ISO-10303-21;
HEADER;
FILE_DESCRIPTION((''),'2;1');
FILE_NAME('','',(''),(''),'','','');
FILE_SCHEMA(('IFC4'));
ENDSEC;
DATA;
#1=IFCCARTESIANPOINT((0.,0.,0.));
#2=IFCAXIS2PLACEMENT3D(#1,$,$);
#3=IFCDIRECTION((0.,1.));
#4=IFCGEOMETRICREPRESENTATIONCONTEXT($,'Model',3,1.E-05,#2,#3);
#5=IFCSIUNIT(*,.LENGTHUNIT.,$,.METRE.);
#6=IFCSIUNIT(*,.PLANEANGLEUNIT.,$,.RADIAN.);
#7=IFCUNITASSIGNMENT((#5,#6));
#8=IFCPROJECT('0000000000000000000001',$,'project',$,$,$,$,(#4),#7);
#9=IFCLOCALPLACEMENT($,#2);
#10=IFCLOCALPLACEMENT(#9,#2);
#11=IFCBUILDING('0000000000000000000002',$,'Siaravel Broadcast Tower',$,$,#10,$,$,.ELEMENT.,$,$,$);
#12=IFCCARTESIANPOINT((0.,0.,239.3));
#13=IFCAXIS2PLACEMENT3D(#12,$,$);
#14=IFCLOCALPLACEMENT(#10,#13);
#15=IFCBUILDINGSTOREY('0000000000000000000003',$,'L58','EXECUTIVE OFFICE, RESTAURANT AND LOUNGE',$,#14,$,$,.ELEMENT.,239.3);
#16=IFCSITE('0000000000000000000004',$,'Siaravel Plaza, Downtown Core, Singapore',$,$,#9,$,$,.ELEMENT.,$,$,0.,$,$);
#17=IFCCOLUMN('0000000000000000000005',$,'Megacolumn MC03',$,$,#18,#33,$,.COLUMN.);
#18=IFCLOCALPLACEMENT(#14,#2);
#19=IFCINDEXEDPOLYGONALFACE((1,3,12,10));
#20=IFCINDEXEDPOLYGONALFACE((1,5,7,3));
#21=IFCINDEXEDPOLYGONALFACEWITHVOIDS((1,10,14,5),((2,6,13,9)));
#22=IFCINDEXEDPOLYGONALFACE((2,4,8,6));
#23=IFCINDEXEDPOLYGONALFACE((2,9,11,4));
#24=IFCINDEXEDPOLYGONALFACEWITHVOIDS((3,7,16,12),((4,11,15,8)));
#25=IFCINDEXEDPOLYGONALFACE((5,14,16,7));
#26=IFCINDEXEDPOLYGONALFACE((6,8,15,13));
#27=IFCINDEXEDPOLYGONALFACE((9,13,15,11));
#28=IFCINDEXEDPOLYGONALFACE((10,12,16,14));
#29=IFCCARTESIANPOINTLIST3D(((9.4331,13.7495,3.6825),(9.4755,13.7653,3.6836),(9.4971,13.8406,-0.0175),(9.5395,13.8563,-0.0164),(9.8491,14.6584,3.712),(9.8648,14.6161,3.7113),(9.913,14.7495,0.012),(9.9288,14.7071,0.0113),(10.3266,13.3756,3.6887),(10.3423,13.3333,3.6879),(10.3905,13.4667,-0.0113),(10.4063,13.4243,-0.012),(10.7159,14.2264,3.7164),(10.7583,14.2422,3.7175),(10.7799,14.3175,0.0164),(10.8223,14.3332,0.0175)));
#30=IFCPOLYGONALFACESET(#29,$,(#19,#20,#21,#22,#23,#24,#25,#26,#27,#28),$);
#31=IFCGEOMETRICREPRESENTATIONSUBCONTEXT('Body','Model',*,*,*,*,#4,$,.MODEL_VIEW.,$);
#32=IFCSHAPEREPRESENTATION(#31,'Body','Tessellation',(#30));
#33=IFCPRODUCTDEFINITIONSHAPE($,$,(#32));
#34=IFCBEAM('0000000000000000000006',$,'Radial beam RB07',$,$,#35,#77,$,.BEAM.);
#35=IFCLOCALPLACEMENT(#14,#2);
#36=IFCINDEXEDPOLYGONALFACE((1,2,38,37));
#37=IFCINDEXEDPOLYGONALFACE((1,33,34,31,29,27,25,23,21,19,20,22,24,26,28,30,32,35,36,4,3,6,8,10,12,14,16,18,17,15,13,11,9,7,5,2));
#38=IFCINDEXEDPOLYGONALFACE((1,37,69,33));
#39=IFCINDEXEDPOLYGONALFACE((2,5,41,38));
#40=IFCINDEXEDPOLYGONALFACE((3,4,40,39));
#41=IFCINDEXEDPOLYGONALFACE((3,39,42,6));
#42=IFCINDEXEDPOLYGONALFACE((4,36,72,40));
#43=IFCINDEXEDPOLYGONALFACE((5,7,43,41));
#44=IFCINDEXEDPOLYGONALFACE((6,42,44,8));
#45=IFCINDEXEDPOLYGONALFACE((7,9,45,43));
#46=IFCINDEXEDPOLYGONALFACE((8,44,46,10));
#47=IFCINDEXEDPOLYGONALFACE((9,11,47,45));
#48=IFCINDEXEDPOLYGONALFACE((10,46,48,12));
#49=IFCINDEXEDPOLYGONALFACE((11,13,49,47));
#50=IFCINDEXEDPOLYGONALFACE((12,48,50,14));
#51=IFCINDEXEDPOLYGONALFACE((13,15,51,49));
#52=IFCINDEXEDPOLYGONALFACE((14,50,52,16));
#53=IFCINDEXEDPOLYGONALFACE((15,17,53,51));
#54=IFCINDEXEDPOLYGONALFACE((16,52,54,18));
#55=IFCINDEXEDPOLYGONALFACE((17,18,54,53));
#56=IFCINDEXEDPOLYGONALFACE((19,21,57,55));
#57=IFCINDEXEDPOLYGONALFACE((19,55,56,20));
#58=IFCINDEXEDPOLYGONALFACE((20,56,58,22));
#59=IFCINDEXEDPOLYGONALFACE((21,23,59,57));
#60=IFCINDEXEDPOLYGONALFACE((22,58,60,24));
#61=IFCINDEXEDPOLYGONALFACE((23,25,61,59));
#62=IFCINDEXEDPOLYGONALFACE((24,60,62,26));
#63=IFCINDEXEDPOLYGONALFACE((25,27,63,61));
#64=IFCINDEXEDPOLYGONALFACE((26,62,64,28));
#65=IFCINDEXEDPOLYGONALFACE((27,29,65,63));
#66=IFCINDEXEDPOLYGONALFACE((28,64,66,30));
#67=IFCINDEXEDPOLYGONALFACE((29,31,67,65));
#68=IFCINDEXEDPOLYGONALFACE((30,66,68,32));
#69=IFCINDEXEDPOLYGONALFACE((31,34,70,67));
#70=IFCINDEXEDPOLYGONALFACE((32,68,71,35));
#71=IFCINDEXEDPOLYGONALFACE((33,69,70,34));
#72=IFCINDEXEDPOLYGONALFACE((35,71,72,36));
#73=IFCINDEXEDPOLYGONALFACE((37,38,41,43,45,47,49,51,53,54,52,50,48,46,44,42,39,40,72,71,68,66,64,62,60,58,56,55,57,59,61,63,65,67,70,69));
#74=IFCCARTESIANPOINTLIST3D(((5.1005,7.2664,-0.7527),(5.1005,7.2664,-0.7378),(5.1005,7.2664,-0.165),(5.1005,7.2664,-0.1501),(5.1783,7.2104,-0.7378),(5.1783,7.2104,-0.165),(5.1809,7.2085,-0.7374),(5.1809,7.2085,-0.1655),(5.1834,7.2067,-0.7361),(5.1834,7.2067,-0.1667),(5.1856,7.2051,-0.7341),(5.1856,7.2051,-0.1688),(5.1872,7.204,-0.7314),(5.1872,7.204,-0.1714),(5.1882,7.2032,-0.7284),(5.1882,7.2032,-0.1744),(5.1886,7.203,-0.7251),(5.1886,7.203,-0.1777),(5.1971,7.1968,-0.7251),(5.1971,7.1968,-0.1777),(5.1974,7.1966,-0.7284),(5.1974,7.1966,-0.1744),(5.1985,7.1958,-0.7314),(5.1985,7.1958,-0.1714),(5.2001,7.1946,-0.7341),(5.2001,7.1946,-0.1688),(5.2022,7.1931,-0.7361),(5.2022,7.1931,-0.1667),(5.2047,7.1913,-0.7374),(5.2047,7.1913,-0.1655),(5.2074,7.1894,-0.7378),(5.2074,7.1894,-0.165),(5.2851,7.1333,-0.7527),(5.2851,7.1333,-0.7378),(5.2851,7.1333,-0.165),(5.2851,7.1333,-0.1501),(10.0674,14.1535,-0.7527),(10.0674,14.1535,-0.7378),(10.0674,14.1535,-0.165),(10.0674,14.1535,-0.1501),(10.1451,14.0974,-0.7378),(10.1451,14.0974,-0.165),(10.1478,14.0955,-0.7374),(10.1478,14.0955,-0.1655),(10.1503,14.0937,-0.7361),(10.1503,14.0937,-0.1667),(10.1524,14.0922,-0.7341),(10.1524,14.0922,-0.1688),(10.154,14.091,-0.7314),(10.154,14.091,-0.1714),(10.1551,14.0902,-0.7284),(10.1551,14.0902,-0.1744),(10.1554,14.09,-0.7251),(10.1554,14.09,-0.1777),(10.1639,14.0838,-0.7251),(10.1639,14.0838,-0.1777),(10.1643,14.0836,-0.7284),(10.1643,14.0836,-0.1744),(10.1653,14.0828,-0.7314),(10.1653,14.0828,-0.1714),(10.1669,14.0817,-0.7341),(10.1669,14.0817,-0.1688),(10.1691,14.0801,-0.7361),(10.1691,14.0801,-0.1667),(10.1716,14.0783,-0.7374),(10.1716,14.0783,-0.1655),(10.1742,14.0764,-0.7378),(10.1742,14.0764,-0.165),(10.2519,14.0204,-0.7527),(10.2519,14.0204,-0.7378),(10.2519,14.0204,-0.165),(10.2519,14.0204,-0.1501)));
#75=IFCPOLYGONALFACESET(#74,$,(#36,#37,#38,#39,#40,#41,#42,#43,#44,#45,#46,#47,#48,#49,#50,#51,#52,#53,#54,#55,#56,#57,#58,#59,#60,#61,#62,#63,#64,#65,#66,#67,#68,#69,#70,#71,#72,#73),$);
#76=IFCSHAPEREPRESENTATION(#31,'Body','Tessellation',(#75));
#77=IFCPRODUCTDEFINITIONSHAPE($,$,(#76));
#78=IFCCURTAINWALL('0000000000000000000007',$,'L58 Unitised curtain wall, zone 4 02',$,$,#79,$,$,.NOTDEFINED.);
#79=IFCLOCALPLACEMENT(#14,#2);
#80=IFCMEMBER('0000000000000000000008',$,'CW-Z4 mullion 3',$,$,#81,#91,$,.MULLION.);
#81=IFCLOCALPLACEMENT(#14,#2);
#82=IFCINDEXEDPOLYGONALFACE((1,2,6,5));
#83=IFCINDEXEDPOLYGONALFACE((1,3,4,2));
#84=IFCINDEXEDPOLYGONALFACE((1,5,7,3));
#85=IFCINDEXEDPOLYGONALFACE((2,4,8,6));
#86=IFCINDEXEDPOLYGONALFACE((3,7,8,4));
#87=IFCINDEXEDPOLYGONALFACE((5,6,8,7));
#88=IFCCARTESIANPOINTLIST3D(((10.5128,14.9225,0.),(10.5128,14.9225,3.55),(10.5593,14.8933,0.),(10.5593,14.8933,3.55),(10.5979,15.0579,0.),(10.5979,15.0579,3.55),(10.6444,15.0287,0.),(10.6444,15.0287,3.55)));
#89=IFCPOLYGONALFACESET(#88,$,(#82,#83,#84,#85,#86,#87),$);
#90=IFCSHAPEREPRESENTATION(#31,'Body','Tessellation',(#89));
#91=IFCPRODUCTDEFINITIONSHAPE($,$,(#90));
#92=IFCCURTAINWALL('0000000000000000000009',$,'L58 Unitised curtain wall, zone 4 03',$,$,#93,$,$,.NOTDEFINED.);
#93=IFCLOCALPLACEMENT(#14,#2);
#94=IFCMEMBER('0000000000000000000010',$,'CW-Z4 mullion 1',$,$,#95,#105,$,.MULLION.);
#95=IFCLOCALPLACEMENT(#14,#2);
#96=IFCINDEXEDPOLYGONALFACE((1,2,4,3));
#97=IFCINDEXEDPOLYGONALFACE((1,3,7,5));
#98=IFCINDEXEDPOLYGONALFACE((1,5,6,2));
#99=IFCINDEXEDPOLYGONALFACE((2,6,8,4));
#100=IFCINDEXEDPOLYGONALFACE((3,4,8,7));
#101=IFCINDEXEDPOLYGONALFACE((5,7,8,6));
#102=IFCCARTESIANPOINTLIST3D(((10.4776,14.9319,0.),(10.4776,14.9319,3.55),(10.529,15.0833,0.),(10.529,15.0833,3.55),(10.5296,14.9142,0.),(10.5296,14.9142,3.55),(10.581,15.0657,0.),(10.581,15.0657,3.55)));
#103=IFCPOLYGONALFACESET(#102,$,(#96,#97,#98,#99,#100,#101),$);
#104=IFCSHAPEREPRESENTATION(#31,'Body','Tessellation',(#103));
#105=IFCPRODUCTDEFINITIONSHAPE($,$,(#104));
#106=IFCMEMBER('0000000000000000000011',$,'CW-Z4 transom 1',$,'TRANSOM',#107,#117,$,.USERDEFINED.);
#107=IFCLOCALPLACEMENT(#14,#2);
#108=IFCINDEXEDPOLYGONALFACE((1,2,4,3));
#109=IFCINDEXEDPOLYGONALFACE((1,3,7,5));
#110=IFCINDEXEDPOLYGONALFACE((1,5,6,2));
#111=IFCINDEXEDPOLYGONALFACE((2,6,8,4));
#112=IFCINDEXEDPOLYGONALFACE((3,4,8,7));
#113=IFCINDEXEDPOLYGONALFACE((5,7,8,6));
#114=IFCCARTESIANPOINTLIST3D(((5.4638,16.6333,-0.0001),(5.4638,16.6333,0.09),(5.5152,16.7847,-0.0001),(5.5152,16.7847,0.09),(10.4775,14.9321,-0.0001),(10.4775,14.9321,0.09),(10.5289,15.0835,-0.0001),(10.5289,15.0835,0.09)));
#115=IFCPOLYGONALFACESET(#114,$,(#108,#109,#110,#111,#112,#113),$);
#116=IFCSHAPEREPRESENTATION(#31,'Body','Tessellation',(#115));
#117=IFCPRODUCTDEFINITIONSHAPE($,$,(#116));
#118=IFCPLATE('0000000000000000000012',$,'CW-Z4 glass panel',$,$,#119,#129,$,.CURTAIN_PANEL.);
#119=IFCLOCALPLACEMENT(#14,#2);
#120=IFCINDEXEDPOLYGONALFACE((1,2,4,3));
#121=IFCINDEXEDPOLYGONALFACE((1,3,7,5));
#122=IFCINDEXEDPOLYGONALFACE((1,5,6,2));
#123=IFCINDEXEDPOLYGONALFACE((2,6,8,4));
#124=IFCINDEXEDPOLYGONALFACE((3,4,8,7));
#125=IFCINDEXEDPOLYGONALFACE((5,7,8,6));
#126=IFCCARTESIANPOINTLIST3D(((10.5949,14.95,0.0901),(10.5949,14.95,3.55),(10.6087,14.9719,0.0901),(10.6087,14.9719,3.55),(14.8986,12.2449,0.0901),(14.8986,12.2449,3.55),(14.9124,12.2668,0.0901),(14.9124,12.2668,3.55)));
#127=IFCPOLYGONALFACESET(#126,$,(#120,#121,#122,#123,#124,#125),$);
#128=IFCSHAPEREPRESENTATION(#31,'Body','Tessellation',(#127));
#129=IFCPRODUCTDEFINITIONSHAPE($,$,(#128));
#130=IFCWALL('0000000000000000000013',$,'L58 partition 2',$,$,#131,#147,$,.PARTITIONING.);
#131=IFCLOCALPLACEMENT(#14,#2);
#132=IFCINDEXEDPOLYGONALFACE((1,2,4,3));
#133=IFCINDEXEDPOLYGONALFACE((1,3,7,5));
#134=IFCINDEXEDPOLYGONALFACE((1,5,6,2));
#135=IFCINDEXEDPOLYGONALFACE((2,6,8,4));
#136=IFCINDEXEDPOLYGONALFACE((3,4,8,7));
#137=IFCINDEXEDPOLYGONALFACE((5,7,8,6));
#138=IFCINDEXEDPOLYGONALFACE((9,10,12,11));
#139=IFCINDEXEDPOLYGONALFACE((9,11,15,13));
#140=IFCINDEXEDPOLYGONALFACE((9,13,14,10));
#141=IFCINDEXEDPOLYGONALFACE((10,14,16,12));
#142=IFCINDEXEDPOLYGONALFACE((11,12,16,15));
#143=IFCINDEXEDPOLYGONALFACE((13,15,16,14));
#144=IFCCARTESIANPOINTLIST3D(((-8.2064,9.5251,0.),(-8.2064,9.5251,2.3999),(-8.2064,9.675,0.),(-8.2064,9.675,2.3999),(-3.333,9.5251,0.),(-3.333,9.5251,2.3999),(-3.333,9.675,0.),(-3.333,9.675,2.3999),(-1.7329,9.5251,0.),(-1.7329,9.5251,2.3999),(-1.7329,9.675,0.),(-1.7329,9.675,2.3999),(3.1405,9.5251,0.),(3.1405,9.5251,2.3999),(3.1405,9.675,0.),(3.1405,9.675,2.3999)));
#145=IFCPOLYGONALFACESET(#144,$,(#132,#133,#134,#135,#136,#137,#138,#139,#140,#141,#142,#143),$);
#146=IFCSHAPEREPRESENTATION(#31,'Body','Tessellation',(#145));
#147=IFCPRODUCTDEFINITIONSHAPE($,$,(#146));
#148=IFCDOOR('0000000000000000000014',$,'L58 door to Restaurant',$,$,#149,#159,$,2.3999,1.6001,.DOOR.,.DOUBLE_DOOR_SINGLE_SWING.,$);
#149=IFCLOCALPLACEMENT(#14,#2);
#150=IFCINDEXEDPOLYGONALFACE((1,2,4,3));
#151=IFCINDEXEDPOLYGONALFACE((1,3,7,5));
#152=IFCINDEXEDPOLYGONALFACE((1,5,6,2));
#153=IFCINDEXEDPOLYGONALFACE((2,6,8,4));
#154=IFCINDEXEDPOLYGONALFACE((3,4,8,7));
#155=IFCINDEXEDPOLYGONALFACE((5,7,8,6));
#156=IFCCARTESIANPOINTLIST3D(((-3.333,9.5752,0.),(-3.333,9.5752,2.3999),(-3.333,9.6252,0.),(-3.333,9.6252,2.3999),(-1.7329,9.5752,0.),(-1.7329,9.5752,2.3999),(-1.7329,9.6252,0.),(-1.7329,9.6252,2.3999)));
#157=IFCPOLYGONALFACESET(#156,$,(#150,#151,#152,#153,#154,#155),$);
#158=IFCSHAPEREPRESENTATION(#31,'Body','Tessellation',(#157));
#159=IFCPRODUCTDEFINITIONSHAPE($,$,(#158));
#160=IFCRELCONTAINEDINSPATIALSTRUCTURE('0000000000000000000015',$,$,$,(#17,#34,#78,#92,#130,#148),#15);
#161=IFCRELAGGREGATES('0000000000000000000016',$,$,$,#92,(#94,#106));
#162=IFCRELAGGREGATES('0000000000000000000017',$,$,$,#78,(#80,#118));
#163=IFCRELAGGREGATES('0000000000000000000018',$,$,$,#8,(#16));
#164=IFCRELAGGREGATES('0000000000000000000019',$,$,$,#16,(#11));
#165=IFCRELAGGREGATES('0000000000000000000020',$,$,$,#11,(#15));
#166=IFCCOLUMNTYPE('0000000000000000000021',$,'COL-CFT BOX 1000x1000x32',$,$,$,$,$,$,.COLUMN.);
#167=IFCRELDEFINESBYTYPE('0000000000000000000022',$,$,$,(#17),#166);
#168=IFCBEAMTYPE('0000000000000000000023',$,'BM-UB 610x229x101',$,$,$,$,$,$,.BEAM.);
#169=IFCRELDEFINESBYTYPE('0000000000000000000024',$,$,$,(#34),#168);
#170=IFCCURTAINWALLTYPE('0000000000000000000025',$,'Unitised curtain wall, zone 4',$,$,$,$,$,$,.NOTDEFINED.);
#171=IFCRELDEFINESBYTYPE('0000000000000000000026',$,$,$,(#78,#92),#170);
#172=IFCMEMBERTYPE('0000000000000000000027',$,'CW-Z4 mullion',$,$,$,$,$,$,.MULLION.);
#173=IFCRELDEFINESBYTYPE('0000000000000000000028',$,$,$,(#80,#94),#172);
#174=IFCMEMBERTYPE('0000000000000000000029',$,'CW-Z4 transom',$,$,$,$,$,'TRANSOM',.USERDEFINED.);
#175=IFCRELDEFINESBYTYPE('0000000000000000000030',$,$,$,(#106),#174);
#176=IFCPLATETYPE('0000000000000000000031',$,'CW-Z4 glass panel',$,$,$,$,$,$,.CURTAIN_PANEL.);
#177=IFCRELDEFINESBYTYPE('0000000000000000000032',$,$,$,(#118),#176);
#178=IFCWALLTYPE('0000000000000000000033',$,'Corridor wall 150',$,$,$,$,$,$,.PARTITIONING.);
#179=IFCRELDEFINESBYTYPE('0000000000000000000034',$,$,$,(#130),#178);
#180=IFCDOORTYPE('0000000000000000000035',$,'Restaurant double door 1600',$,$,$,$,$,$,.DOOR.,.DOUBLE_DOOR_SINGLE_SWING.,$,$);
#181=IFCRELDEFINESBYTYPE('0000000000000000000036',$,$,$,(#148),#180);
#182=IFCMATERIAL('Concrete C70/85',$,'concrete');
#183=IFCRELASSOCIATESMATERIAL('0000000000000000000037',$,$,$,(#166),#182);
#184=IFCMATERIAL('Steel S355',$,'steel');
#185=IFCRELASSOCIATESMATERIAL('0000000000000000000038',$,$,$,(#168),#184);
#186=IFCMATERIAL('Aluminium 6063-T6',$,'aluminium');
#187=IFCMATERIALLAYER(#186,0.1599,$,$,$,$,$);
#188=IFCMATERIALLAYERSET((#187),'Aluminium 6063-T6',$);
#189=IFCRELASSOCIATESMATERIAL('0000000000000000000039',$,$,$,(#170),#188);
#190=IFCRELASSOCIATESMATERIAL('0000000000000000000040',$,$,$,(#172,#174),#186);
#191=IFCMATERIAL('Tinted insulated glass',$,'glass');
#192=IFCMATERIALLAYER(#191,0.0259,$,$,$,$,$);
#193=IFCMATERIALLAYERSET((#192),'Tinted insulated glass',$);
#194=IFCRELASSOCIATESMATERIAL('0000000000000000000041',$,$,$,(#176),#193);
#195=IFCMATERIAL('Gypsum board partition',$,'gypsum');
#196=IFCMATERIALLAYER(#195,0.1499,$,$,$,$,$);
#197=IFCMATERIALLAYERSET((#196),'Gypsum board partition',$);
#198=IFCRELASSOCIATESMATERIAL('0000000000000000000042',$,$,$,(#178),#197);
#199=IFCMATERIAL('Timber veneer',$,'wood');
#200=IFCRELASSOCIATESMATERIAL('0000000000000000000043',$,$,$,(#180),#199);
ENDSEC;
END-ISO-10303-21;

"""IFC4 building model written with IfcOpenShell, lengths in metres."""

from ifc_helpers import new_model, si_unit, direction, frame, frame_2d, origin, origin_2d, place, context, subcontext, project, spatial, rectangle, hollow_rectangle, i_section, extrude, material, layer, layer_set, material_profile, profile_set, type_object, element, fill, aggregate, save


model = new_model("IFC4")

# Units and contexts
model_context = context("Model", 3, precision=1e-05, world=origin(), true_north=direction((0.0, 1.0)))
body_context = subcontext(model_context, "Body", "Model", "MODEL_VIEW")
ifc_project = project(units=[si_unit("LENGTHUNIT", "METRE"), si_unit("PLANEANGLEUNIT", "RADIAN")], contexts=[model_context])

# Site, building, storey
site_placement = place(None, origin())
site = spatial("IfcSite", under=ifc_project, at=site_placement, Name="Siaravel Plaza, Downtown Core, Singapore", CompositionType="ELEMENT", RefElevation=0.0)
building_placement = place(site_placement, origin())
building = spatial("IfcBuilding", under=site, at=building_placement, Name="Siaravel Broadcast Tower", CompositionType="ELEMENT")
storey_placement = place(building_placement, frame((0.0, 0.0, 239.3)))
storey = spatial("IfcBuildingStorey", under=building, at=storey_placement, Name="L58", Description="EXECUTIVE OFFICE, RESTAURANT AND LOUNGE", CompositionType="ELEMENT", Elevation=239.3)

# Column
ifc_material_1 = material(Name="Concrete C70/85", Category="concrete")
ifc_material_profile_1 = material_profile(ifc_material_1, hollow_rectangle(XDim=1.0, YDim=1.0, WallThickness=0.032, at=origin_2d()))
ifc_profile_set_1 = profile_set([ifc_material_profile_1], Name="Concrete C70/85")
column_type = type_object("IfcColumnType", Name="COL-CFT BOX 1000x1000x32", PredefinedType="COLUMN", material=ifc_profile_set_1)
column_placement = place(storey_placement, frame((10.1597, 14.0869, 0.0), z_axis=(-0.01728, -0.024601, 0.999548), x_axis=(0.909227, -0.416264, 0.005474)))
element("IfcColumn", 1, at=column_placement, inside=storey, type_object=column_type, Name="Megacolumn MC03", PredefinedType="COLUMN", context=body_context, shape_type="SweptSolid", body=[
    extrude(hollow_rectangle(XDim=1.0, YDim=1.0, WallThickness=0.032, at=origin_2d()), origin(), (0.0, 0.0, 1.0), 3.7017),
])

# Beam
ifc_material_2 = material(Name="Steel S355", Category="steel")
ifc_material_profile_2 = material_profile(ifc_material_2, i_section(OverallWidth=0.2275, OverallDepth=0.6025, WebThickness=0.0105, FlangeThickness=0.0149, FilletRadius=0.0127, at=origin_2d()))
ifc_profile_set_2 = profile_set([ifc_material_profile_2], Name="Steel S355")
beam_type = type_object("IfcBeamType", Name="BM-UB 610x229x101", PredefinedType="BEAM", material=ifc_profile_set_2)
beam_placement = place(storey_placement, frame((10.1597, 14.0869, -0.4514), z_axis=(-0.584939, -0.811077, 0.0), x_axis=(0.811077, -0.584939, 0.0)))
element("IfcBeam", 2, at=beam_placement, inside=storey, type_object=beam_type, Name="Radial beam RB07", PredefinedType="BEAM", context=body_context, shape_type="SweptSolid", body=[
    extrude(i_section(OverallWidth=0.2275, OverallDepth=0.6025, WebThickness=0.0105, FlangeThickness=0.0149, FilletRadius=0.0127, at=origin_2d()), origin(), (0.0, 0.0, 1.0), 8.4912),
])

# Curtain wall, member
ifc_material_3 = material(Name="Aluminium 6063-T6", Category="aluminium")
ifc_layer_1 = layer(ifc_material_3, 0.1599)
ifc_layer_set_1 = layer_set([ifc_layer_1], Name="Aluminium 6063-T6")
curtain_wall_type = type_object("IfcCurtainWallType", Name="Unitised curtain wall, zone 4", PredefinedType="NOTDEFINED", material=ifc_layer_set_1)
curtain_wall_1_placement = place(storey_placement, origin())
curtain_wall_1 = element("IfcCurtainWall", 3, at=curtain_wall_1_placement, inside=storey, type_object=curtain_wall_type, Name="L58 Unitised curtain wall, zone 4 02", PredefinedType="NOTDEFINED")
ifc_material_profile_3 = material_profile(ifc_material_3, rectangle(XDim=0.1599, YDim=0.0549, at=origin_2d()))
ifc_profile_set_3 = profile_set([ifc_material_profile_3], Name="Aluminium 6063-T6")
member_type_1 = type_object("IfcMemberType", Name="CW-Z4 mullion", PredefinedType="MULLION", material=ifc_profile_set_3)
member_1_placement = place(storey_placement, frame((10.5786, 14.9756, 0.0), z_axis=(0.0, 0.0, 1.0), x_axis=(-0.53215, -0.84665, 0.0)))
member_1 = element("IfcMember", 4, at=member_1_placement, type_object=member_type_1, Name="CW-Z4 mullion 3", PredefinedType="MULLION", context=body_context, shape_type="SweptSolid", body=[
    extrude(rectangle(XDim=0.1599, YDim=0.0549, at=origin_2d()), origin(), (0.0, 0.0, 1.0), 3.55),
])

# Curtain wall, members
curtain_wall_2_placement = place(storey_placement, origin())
curtain_wall_2 = element("IfcCurtainWall", 5, at=curtain_wall_2_placement, inside=storey, type_object=curtain_wall_type, Name="L58 Unitised curtain wall, zone 4 03", PredefinedType="NOTDEFINED")
member_2_placement = place(storey_placement, frame((10.5293, 14.9988, 0.0), z_axis=(0.0, 0.0, 1.0), x_axis=(-0.321301, -0.946977, 0.0)))
member_2 = element("IfcMember", 6, at=member_2_placement, type_object=member_type_1, Name="CW-Z4 mullion 1", PredefinedType="MULLION", context=body_context, shape_type="SweptSolid", body=[
    extrude(rectangle(XDim=0.1599, YDim=0.0549, at=origin_2d()), origin(), (0.0, 0.0, 1.0), 3.55),
])
ifc_material_profile_4 = material_profile(ifc_material_3, rectangle(XDim=0.1599, YDim=0.0901, at=origin_2d()))
ifc_profile_set_4 = profile_set([ifc_material_profile_4], Name="Aluminium 6063-T6")
member_type_2 = type_object("IfcMemberType", Name="CW-Z4 transom", ElementType="TRANSOM", PredefinedType="USERDEFINED", material=ifc_profile_set_4)
member_3_placement = place(storey_placement, frame((10.5032, 15.0078, 0.0449), z_axis=(-0.946973, 0.321314, 0.0), x_axis=(-0.321314, -0.946973, 0.0)))
member_3 = element("IfcMember", 7, at=member_3_placement, type_object=member_type_2, Name="CW-Z4 transom 1", ObjectType="TRANSOM", PredefinedType="USERDEFINED", context=body_context, shape_type="SweptSolid", body=[
    extrude(rectangle(XDim=0.1599, YDim=0.0901, at=origin_2d()), origin(), (0.0, 0.0, 1.0), 5.2944),
])
aggregate(curtain_wall_2, [member_2, member_3])

# Plate
ifc_material_4 = material(Name="Tinted insulated glass", Category="glass")
ifc_layer_2 = layer(ifc_material_4, 0.0259)
ifc_layer_set_2 = layer_set([ifc_layer_2], Name="Tinted insulated glass")
plate_type = type_object("IfcPlateType", Name="CW-Z4 glass panel", PredefinedType="CURTAIN_PANEL", material=ifc_layer_set_2)
plate_placement = place(storey_placement, frame((12.7537, 13.6084, 0.0901), z_axis=(0.0, 0.0, 1.0), x_axis=(-0.84665, 0.53215, 0.0)))
plate = element("IfcPlate", 8, at=plate_placement, type_object=plate_type, Name="CW-Z4 glass panel", PredefinedType="CURTAIN_PANEL", context=body_context, shape_type="SweptSolid", body=[
    extrude(rectangle(XDim=5.0833, YDim=0.0259, at=origin_2d()), origin(), (0.0, 0.0, 1.0), 3.46),
])
aggregate(curtain_wall_1, [member_1, plate])

# Wall, opening, door
ifc_material_5 = material(Name="Gypsum board partition", Category="gypsum")
ifc_layer_3 = layer(ifc_material_5, 0.1499)
ifc_layer_set_3 = layer_set([ifc_layer_3], Name="Gypsum board partition")
wall_type_1 = type_object("IfcWallType", Name="Corridor wall 150", PredefinedType="PARTITIONING", material=ifc_layer_set_3)
wall_1_placement = place(storey_placement, frame((3.1404, 9.6001, 0.0), z_axis=(0.0, 0.0, 1.0), x_axis=(-1.0, 0.0, 0.0)))
wall_1 = element("IfcWall", 9, at=wall_1_placement, inside=storey, type_object=wall_type_1, Name="L58 partition 2", PredefinedType="PARTITIONING", context=body_context, shape_type="SweptSolid", body=[
    extrude(rectangle(XDim=11.3469, YDim=0.1499, at=frame_2d((5.6733, 0.0))), origin(), (0.0, 0.0, 1.0), 2.3999),
])
opening_1_placement = place(wall_1_placement, frame((4.8733, 0.0, 0.0)))
opening_1 = element("IfcOpeningElement", 10, at=opening_1_placement, cuts=wall_1, PredefinedType="OPENING", context=body_context, shape_type="SweptSolid", body=[
    extrude(rectangle(XDim=1.6001, YDim=2.3999, at=frame_2d((0.8, 1.2))), frame((0.0, 0.085, 0.0), z_axis=(0.0, -1.0, 0.0), x_axis=(1.0, 0.0, 0.0)), (0.0, 0.0, 1.0), 0.1699),
])
ifc_material_6 = material(Name="Timber veneer", Category="wood")
door_type_1 = type_object("IfcDoorType", Name="Restaurant double door 1600", OperationType="DOUBLE_DOOR_SINGLE_SWING", PredefinedType="DOOR", material=ifc_material_6)
door_1_placement = place(opening_1_placement, origin())
door_1 = element("IfcDoor", 11, at=door_1_placement, inside=storey, type_object=door_type_1, Name="L58 door to Restaurant", OperationType="DOUBLE_DOOR_SINGLE_SWING", OverallHeight=2.3999, OverallWidth=1.6001, PredefinedType="DOOR", context=body_context, shape_type="SweptSolid", body=[
    extrude(rectangle(XDim=1.6001, YDim=2.3999, at=frame_2d((0.8, 1.2))), frame((0.0, 0.0249, 0.0), z_axis=(0.0, -1.0, 0.0), x_axis=(1.0, 0.0, 0.0)), (0.0, 0.0, 1.0), 0.05),
])
fill(opening_1, door_1)

save(model, "model.ifc")
